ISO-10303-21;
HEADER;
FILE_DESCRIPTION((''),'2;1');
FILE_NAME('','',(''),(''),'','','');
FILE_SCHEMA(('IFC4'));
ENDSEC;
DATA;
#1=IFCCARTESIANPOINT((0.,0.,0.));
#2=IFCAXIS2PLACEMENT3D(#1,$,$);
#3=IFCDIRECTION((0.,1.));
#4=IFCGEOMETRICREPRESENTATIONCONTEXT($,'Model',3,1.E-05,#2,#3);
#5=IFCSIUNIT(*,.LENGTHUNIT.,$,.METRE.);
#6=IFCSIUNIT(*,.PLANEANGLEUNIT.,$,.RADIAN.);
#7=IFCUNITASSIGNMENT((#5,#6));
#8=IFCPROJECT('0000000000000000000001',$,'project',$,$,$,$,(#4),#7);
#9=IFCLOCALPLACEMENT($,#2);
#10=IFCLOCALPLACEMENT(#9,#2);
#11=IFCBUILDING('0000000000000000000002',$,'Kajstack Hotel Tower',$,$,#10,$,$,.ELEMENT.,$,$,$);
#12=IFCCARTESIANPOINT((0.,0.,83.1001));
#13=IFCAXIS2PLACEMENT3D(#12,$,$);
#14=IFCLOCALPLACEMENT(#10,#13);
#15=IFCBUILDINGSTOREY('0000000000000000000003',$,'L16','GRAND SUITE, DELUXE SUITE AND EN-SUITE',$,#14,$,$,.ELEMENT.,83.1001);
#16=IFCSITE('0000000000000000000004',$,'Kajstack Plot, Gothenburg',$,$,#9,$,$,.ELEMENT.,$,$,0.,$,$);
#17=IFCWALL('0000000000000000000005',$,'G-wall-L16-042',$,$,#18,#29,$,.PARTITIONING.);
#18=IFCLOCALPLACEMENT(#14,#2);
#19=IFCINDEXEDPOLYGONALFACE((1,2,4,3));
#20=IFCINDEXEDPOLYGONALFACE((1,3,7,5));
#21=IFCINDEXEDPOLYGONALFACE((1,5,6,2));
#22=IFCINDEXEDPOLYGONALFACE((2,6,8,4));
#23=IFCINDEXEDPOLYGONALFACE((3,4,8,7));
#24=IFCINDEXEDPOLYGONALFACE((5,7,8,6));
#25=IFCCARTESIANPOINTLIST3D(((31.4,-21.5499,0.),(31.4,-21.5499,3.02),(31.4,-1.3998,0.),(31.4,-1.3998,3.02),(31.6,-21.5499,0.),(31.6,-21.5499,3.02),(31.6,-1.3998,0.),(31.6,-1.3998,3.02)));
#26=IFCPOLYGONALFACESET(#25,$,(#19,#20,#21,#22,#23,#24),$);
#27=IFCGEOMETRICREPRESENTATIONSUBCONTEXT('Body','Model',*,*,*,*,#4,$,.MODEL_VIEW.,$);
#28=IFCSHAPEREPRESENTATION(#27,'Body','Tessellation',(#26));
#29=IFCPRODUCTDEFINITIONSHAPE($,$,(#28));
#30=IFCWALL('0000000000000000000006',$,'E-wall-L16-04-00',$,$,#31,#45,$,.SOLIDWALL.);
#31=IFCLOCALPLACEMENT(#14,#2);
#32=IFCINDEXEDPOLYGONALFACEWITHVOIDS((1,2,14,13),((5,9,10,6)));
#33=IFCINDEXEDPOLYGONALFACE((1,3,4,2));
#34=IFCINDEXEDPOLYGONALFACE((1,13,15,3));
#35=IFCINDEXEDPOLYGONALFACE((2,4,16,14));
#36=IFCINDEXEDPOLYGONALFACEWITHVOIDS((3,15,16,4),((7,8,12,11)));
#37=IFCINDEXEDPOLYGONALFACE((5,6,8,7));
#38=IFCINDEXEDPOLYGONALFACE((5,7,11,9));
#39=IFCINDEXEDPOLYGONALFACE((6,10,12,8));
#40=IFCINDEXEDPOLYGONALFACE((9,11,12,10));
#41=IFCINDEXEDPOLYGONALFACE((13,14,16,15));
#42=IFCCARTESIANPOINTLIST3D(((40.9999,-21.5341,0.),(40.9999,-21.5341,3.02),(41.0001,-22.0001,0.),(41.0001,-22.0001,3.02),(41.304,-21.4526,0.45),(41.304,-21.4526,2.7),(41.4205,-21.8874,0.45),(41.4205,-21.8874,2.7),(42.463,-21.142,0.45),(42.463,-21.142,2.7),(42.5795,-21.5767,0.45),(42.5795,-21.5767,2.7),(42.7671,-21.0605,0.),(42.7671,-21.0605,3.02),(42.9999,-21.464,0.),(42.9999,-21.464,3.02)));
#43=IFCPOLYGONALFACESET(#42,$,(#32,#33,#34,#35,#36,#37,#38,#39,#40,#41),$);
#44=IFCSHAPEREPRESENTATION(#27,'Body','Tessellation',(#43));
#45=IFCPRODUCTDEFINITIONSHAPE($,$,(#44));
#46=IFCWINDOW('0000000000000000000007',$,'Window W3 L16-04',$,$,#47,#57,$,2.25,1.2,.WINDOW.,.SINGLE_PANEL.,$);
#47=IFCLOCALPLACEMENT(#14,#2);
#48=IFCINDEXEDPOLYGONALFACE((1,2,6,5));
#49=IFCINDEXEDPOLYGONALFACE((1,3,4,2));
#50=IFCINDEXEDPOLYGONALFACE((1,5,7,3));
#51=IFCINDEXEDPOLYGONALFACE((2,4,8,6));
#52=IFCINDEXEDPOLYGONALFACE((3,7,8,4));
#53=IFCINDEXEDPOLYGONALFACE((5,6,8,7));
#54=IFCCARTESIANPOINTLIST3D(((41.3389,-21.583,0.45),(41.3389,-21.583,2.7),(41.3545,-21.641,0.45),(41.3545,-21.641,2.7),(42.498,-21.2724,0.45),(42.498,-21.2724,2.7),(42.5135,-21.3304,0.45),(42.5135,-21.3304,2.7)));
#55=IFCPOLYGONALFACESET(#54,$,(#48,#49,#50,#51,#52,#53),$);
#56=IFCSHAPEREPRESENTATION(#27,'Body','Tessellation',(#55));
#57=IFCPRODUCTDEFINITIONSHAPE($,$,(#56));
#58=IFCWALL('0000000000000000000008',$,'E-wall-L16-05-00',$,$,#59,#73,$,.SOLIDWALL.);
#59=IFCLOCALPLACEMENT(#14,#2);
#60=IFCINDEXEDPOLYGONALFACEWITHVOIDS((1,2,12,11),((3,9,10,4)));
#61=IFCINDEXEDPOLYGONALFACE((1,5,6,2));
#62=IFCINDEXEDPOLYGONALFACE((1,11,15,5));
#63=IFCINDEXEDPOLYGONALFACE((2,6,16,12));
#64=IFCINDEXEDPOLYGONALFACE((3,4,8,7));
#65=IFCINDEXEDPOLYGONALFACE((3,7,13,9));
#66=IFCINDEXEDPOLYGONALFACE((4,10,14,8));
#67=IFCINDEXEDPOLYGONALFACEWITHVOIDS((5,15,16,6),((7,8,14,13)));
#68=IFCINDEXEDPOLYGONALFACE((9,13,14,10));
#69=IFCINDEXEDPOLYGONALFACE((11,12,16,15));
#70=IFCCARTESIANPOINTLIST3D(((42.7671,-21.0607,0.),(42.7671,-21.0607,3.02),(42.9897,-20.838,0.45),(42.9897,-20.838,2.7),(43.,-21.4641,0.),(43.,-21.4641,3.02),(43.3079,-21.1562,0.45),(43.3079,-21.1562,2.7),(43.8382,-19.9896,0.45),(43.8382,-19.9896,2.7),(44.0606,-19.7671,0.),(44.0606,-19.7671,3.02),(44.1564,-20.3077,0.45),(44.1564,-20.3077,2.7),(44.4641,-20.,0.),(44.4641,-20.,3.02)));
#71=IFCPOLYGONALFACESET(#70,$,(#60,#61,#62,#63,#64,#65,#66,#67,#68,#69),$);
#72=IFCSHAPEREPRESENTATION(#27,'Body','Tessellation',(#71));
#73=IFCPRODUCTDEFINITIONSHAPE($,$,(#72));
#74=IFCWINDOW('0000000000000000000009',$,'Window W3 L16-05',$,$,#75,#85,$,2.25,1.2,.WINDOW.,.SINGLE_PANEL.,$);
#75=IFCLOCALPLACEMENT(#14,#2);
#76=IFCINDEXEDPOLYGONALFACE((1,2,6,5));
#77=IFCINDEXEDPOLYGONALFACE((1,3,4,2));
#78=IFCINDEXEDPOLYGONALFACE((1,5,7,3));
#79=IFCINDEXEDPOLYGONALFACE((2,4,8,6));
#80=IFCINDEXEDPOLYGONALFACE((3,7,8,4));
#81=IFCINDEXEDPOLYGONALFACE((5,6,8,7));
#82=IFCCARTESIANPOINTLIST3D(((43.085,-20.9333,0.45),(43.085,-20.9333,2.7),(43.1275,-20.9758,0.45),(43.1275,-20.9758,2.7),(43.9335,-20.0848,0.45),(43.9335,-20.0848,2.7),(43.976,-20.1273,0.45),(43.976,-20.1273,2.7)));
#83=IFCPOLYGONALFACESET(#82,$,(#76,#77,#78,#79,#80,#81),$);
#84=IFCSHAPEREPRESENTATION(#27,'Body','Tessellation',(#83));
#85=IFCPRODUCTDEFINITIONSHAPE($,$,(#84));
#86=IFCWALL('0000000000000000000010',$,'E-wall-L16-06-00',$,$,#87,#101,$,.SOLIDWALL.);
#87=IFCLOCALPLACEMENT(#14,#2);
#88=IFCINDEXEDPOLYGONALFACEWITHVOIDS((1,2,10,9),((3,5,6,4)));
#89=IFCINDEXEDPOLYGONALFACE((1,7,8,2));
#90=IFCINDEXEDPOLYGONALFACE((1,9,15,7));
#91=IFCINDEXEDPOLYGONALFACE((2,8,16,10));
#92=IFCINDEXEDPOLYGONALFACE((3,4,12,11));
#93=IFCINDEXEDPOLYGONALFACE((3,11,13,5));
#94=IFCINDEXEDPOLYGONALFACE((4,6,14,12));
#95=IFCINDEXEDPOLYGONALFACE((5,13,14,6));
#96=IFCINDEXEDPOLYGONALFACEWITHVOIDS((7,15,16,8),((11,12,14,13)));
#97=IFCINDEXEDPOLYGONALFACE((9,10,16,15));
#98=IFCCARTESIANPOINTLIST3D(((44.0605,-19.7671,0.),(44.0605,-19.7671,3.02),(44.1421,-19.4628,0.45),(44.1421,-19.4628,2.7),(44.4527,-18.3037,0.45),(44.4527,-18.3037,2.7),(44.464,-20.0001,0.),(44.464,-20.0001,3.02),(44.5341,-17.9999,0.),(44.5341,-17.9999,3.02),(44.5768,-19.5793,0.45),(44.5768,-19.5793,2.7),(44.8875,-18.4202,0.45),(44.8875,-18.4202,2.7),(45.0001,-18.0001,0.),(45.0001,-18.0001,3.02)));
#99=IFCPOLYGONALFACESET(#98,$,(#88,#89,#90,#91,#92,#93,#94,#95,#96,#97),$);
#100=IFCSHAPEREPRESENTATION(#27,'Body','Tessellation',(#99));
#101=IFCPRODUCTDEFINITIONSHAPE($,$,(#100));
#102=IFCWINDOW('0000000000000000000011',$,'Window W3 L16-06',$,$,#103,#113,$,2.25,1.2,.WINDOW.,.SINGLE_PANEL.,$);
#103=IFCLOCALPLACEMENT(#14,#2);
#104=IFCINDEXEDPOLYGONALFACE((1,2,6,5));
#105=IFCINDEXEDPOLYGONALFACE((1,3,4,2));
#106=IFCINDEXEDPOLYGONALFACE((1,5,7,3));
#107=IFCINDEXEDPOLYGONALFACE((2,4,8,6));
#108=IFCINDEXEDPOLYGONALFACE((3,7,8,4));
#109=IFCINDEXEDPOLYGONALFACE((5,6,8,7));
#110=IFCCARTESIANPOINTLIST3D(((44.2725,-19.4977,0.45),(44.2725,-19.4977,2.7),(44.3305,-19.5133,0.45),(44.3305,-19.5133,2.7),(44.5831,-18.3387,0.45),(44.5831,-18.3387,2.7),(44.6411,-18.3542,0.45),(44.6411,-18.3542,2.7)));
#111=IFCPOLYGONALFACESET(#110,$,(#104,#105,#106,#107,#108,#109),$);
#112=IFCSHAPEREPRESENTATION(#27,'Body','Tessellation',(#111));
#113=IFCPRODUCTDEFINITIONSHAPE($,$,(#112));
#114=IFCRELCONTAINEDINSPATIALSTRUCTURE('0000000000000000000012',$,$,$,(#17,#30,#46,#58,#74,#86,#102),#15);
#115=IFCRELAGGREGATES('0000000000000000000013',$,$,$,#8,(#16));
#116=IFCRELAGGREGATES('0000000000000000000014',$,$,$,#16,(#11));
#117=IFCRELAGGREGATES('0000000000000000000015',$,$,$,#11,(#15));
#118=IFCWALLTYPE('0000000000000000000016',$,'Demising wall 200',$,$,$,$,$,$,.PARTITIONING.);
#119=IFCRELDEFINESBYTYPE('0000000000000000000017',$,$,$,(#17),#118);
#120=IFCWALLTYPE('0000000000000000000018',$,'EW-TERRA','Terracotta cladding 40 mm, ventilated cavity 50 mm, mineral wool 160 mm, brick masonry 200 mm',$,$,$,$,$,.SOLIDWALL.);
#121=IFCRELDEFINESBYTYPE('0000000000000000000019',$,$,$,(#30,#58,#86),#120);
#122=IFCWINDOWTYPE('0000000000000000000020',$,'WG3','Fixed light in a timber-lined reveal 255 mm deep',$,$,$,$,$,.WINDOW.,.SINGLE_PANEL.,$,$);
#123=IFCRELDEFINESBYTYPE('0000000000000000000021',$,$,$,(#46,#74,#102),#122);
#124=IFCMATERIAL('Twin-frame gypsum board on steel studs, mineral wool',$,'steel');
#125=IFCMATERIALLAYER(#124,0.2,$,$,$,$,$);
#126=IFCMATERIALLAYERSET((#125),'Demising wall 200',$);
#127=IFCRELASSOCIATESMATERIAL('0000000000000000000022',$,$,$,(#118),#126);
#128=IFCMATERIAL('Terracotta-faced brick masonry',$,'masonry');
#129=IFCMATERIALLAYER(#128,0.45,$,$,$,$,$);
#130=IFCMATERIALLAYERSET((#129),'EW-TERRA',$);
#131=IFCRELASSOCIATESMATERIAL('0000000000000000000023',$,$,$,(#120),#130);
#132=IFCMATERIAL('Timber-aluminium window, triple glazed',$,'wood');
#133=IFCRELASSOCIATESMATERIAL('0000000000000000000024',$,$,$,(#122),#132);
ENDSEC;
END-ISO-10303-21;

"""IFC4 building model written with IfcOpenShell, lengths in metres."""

from ifc_helpers import new_model, si_unit, direction, frame, frame_2d, origin, place, context, subcontext, project, spatial, polyline, rectangle, outline, extrude, material, layer, layer_set, type_object, element, fill, save


model = new_model("IFC4")

# Units and contexts
model_context = context("Model", 3, precision=1e-05, world=origin(), true_north=direction((0.0, 1.0)))
body_context = subcontext(model_context, "Body", "Model", "MODEL_VIEW")
ifc_project = project(units=[si_unit("LENGTHUNIT", "METRE"), si_unit("PLANEANGLEUNIT", "RADIAN")], contexts=[model_context])

# Site, building, storey
site_placement = place(None, origin())
site = spatial("IfcSite", under=ifc_project, at=site_placement, Name="Kajstack Plot, Gothenburg", CompositionType="ELEMENT", RefElevation=0.0)
building_placement = place(site_placement, origin())
building = spatial("IfcBuilding", under=site, at=building_placement, Name="Kajstack Hotel Tower", CompositionType="ELEMENT")
storey_placement = place(building_placement, frame((0.0, 0.0, 83.1001)))
storey = spatial("IfcBuildingStorey", under=building, at=storey_placement, Name="L16", Description="GRAND SUITE, DELUXE SUITE AND EN-SUITE", CompositionType="ELEMENT", Elevation=83.1001)

# Wall
ifc_material_1 = material(Name="Twin-frame gypsum board on steel studs, mineral wool", Category="steel")
ifc_layer_1 = layer(ifc_material_1, 0.2)
ifc_layer_set_1 = layer_set([ifc_layer_1], Name="Demising wall 200")
wall_type_1 = type_object("IfcWallType", Name="Demising wall 200", PredefinedType="PARTITIONING", material=ifc_layer_set_1)
wall_1_placement = place(storey_placement, frame((31.5, -21.55, 0.0), z_axis=(0.0, 0.0, 1.0), x_axis=(0.0, 1.0, 0.0)))
element("IfcWall", 1, at=wall_1_placement, inside=storey, type_object=wall_type_1, Name="G-wall-L16-042", PredefinedType="PARTITIONING", context=body_context, shape_type="SweptSolid", body=[
    extrude(rectangle(XDim=20.1501, YDim=0.2, at=frame_2d((10.0752, 0.0))), origin(), (0.0, 0.0, 1.0), 3.02),
])

# Walls, openings, windows
ifc_material_2 = material(Name="Terracotta-faced brick masonry", Category="masonry")
ifc_layer_2 = layer(ifc_material_2, 0.45)
ifc_layer_set_2 = layer_set([ifc_layer_2], Name="EW-TERRA")
wall_type_2 = type_object("IfcWallType", Name="EW-TERRA", Description="Terracotta cladding 40 mm, ventilated cavity 50 mm, mineral wool 160 mm, brick masonry 200 mm", PredefinedType="SOLIDWALL", material=ifc_layer_set_2)
wall_2_placement = place(storey_placement, frame((40.9417, -21.7827, 0.0), z_axis=(0.0, 0.0, 1.0), x_axis=(0.965927, 0.258815, 0.0)))
wall_2 = element("IfcWall", 2, at=wall_2_placement, inside=storey, type_object=wall_type_2, Name="E-wall-L16-04-00", PredefinedType="SOLIDWALL", context=body_context, shape_type="SweptSolid", body=[
    extrude(outline(polyline([(0.0002, -0.2251), (2.0706, -0.2249), (1.9502, 0.2251), (0.1206, 0.2251), (0.0002, -0.2251)])), origin(), (0.0, 0.0, 1.0), 3.02),
])
opening_1_placement = place(wall_2_placement, frame((0.4353, 0.0, 0.45)))
opening_1 = element("IfcOpeningElement", 3, at=opening_1_placement, cuts=wall_2, PredefinedType="OPENING", context=body_context, shape_type="SweptSolid", body=[
    extrude(rectangle(XDim=1.2, YDim=2.25, at=frame_2d((0.6001, 1.125))), frame((0.0, 0.2349, 0.0), z_axis=(0.0, -1.0, 0.0), x_axis=(1.0, 0.0, 0.0)), (0.0, 0.0, 1.0), 0.47),
])
ifc_material_3 = material(Name="Timber-aluminium window, triple glazed", Category="wood")
window_type_1 = type_object("IfcWindowType", Name="WG3", Description="Fixed light in a timber-lined reveal 255 mm deep", PartitioningType="SINGLE_PANEL", PredefinedType="WINDOW", material=ifc_material_3)
window_1_placement = place(opening_1_placement, origin())
window_1 = element("IfcWindow", 4, at=window_1_placement, inside=storey, type_object=window_type_1, Name="Window W3 L16-04", OverallHeight=2.25, OverallWidth=1.2, PartitioningType="SINGLE_PANEL", PredefinedType="WINDOW", context=body_context, shape_type="SweptSolid", body=[
    extrude(rectangle(XDim=1.2, YDim=2.25, at=frame_2d((0.6001, 1.125))), frame((0.0, 0.0901, 0.0), z_axis=(0.0, -1.0, 0.0), x_axis=(1.0, 0.0, 0.0)), (0.0, 0.0, 1.0), 0.0601),
])
fill(opening_1, window_1)
wall_3_placement = place(storey_placement, frame((42.8408, -21.3049, 0.0), z_axis=(0.0, 0.0, 1.0), x_axis=(0.707107, 0.707107, 0.0)))
wall_3 = element("IfcWall", 5, at=wall_3_placement, inside=storey, type_object=wall_type_2, Name="E-wall-L16-05-00", PredefinedType="SOLIDWALL", context=body_context, shape_type="SweptSolid", body=[
    extrude(outline(polyline([(0.0, -0.2251), (2.0706, -0.2251), (1.95, 0.2249), (0.1206, 0.2249), (0.0, -0.2251)])), origin(), (0.0, 0.0, 1.0), 3.02),
])
opening_2_placement = place(wall_3_placement, frame((0.4353, 0.0, 0.45)))
opening_2 = element("IfcOpeningElement", 6, at=opening_2_placement, cuts=wall_3, PredefinedType="OPENING", context=body_context, shape_type="SweptSolid", body=[
    extrude(rectangle(XDim=1.2, YDim=2.25, at=frame_2d((0.6001, 1.125))), frame((0.0, 0.2349, 0.0), z_axis=(0.0, -1.0, 0.0), x_axis=(1.0, 0.0, 0.0)), (0.0, 0.0, 1.0), 0.47),
])
window_2_placement = place(opening_2_placement, origin())
window_2 = element("IfcWindow", 7, at=window_2_placement, inside=storey, type_object=window_type_1, Name="Window W3 L16-05", OverallHeight=2.25, OverallWidth=1.2, PartitioningType="SINGLE_PANEL", PredefinedType="WINDOW", context=body_context, shape_type="SweptSolid", body=[
    extrude(rectangle(XDim=1.2, YDim=2.25, at=frame_2d((0.6001, 1.125))), frame((0.0, 0.0901, 0.0), z_axis=(0.0, -1.0, 0.0), x_axis=(1.0, 0.0, 0.0)), (0.0, 0.0, 1.0), 0.0601),
])
fill(opening_2, window_2)
wall_4_placement = place(storey_placement, frame((44.2468, -19.9417, 0.0), z_axis=(0.0, 0.0, 1.0), x_axis=(0.258815, 0.965927, 0.0)))
wall_4 = element("IfcWall", 8, at=wall_4_placement, inside=storey, type_object=wall_type_2, Name="E-wall-L16-06-00", PredefinedType="SOLIDWALL", context=body_context, shape_type="SweptSolid", body=[
    extrude(outline(polyline([(-0.0002, -0.2249), (2.0703, -0.2251), (1.95, 0.2251), (0.1204, 0.2251), (-0.0002, -0.2249)])), origin(), (0.0, 0.0, 1.0), 3.02),
])
opening_3_placement = place(wall_4_placement, frame((0.4353, 0.0, 0.45)))
opening_3 = element("IfcOpeningElement", 9, at=opening_3_placement, cuts=wall_4, PredefinedType="OPENING", context=body_context, shape_type="SweptSolid", body=[
    extrude(rectangle(XDim=1.2, YDim=2.25, at=frame_2d((0.6001, 1.125))), frame((0.0, 0.2349, 0.0), z_axis=(0.0, -1.0, 0.0), x_axis=(1.0, 0.0, 0.0)), (0.0, 0.0, 1.0), 0.47),
])
window_3_placement = place(opening_3_placement, origin())
window_3 = element("IfcWindow", 10, at=window_3_placement, inside=storey, type_object=window_type_1, Name="Window W3 L16-06", OverallHeight=2.25, OverallWidth=1.2, PartitioningType="SINGLE_PANEL", PredefinedType="WINDOW", context=body_context, shape_type="SweptSolid", body=[
    extrude(rectangle(XDim=1.2, YDim=2.25, at=frame_2d((0.6001, 1.125))), frame((0.0, 0.0901, 0.0), z_axis=(0.0, -1.0, 0.0), x_axis=(1.0, 0.0, 0.0)), (0.0, 0.0, 1.0), 0.0601),
])
fill(opening_3, window_3)

save(model, "model.ifc")
